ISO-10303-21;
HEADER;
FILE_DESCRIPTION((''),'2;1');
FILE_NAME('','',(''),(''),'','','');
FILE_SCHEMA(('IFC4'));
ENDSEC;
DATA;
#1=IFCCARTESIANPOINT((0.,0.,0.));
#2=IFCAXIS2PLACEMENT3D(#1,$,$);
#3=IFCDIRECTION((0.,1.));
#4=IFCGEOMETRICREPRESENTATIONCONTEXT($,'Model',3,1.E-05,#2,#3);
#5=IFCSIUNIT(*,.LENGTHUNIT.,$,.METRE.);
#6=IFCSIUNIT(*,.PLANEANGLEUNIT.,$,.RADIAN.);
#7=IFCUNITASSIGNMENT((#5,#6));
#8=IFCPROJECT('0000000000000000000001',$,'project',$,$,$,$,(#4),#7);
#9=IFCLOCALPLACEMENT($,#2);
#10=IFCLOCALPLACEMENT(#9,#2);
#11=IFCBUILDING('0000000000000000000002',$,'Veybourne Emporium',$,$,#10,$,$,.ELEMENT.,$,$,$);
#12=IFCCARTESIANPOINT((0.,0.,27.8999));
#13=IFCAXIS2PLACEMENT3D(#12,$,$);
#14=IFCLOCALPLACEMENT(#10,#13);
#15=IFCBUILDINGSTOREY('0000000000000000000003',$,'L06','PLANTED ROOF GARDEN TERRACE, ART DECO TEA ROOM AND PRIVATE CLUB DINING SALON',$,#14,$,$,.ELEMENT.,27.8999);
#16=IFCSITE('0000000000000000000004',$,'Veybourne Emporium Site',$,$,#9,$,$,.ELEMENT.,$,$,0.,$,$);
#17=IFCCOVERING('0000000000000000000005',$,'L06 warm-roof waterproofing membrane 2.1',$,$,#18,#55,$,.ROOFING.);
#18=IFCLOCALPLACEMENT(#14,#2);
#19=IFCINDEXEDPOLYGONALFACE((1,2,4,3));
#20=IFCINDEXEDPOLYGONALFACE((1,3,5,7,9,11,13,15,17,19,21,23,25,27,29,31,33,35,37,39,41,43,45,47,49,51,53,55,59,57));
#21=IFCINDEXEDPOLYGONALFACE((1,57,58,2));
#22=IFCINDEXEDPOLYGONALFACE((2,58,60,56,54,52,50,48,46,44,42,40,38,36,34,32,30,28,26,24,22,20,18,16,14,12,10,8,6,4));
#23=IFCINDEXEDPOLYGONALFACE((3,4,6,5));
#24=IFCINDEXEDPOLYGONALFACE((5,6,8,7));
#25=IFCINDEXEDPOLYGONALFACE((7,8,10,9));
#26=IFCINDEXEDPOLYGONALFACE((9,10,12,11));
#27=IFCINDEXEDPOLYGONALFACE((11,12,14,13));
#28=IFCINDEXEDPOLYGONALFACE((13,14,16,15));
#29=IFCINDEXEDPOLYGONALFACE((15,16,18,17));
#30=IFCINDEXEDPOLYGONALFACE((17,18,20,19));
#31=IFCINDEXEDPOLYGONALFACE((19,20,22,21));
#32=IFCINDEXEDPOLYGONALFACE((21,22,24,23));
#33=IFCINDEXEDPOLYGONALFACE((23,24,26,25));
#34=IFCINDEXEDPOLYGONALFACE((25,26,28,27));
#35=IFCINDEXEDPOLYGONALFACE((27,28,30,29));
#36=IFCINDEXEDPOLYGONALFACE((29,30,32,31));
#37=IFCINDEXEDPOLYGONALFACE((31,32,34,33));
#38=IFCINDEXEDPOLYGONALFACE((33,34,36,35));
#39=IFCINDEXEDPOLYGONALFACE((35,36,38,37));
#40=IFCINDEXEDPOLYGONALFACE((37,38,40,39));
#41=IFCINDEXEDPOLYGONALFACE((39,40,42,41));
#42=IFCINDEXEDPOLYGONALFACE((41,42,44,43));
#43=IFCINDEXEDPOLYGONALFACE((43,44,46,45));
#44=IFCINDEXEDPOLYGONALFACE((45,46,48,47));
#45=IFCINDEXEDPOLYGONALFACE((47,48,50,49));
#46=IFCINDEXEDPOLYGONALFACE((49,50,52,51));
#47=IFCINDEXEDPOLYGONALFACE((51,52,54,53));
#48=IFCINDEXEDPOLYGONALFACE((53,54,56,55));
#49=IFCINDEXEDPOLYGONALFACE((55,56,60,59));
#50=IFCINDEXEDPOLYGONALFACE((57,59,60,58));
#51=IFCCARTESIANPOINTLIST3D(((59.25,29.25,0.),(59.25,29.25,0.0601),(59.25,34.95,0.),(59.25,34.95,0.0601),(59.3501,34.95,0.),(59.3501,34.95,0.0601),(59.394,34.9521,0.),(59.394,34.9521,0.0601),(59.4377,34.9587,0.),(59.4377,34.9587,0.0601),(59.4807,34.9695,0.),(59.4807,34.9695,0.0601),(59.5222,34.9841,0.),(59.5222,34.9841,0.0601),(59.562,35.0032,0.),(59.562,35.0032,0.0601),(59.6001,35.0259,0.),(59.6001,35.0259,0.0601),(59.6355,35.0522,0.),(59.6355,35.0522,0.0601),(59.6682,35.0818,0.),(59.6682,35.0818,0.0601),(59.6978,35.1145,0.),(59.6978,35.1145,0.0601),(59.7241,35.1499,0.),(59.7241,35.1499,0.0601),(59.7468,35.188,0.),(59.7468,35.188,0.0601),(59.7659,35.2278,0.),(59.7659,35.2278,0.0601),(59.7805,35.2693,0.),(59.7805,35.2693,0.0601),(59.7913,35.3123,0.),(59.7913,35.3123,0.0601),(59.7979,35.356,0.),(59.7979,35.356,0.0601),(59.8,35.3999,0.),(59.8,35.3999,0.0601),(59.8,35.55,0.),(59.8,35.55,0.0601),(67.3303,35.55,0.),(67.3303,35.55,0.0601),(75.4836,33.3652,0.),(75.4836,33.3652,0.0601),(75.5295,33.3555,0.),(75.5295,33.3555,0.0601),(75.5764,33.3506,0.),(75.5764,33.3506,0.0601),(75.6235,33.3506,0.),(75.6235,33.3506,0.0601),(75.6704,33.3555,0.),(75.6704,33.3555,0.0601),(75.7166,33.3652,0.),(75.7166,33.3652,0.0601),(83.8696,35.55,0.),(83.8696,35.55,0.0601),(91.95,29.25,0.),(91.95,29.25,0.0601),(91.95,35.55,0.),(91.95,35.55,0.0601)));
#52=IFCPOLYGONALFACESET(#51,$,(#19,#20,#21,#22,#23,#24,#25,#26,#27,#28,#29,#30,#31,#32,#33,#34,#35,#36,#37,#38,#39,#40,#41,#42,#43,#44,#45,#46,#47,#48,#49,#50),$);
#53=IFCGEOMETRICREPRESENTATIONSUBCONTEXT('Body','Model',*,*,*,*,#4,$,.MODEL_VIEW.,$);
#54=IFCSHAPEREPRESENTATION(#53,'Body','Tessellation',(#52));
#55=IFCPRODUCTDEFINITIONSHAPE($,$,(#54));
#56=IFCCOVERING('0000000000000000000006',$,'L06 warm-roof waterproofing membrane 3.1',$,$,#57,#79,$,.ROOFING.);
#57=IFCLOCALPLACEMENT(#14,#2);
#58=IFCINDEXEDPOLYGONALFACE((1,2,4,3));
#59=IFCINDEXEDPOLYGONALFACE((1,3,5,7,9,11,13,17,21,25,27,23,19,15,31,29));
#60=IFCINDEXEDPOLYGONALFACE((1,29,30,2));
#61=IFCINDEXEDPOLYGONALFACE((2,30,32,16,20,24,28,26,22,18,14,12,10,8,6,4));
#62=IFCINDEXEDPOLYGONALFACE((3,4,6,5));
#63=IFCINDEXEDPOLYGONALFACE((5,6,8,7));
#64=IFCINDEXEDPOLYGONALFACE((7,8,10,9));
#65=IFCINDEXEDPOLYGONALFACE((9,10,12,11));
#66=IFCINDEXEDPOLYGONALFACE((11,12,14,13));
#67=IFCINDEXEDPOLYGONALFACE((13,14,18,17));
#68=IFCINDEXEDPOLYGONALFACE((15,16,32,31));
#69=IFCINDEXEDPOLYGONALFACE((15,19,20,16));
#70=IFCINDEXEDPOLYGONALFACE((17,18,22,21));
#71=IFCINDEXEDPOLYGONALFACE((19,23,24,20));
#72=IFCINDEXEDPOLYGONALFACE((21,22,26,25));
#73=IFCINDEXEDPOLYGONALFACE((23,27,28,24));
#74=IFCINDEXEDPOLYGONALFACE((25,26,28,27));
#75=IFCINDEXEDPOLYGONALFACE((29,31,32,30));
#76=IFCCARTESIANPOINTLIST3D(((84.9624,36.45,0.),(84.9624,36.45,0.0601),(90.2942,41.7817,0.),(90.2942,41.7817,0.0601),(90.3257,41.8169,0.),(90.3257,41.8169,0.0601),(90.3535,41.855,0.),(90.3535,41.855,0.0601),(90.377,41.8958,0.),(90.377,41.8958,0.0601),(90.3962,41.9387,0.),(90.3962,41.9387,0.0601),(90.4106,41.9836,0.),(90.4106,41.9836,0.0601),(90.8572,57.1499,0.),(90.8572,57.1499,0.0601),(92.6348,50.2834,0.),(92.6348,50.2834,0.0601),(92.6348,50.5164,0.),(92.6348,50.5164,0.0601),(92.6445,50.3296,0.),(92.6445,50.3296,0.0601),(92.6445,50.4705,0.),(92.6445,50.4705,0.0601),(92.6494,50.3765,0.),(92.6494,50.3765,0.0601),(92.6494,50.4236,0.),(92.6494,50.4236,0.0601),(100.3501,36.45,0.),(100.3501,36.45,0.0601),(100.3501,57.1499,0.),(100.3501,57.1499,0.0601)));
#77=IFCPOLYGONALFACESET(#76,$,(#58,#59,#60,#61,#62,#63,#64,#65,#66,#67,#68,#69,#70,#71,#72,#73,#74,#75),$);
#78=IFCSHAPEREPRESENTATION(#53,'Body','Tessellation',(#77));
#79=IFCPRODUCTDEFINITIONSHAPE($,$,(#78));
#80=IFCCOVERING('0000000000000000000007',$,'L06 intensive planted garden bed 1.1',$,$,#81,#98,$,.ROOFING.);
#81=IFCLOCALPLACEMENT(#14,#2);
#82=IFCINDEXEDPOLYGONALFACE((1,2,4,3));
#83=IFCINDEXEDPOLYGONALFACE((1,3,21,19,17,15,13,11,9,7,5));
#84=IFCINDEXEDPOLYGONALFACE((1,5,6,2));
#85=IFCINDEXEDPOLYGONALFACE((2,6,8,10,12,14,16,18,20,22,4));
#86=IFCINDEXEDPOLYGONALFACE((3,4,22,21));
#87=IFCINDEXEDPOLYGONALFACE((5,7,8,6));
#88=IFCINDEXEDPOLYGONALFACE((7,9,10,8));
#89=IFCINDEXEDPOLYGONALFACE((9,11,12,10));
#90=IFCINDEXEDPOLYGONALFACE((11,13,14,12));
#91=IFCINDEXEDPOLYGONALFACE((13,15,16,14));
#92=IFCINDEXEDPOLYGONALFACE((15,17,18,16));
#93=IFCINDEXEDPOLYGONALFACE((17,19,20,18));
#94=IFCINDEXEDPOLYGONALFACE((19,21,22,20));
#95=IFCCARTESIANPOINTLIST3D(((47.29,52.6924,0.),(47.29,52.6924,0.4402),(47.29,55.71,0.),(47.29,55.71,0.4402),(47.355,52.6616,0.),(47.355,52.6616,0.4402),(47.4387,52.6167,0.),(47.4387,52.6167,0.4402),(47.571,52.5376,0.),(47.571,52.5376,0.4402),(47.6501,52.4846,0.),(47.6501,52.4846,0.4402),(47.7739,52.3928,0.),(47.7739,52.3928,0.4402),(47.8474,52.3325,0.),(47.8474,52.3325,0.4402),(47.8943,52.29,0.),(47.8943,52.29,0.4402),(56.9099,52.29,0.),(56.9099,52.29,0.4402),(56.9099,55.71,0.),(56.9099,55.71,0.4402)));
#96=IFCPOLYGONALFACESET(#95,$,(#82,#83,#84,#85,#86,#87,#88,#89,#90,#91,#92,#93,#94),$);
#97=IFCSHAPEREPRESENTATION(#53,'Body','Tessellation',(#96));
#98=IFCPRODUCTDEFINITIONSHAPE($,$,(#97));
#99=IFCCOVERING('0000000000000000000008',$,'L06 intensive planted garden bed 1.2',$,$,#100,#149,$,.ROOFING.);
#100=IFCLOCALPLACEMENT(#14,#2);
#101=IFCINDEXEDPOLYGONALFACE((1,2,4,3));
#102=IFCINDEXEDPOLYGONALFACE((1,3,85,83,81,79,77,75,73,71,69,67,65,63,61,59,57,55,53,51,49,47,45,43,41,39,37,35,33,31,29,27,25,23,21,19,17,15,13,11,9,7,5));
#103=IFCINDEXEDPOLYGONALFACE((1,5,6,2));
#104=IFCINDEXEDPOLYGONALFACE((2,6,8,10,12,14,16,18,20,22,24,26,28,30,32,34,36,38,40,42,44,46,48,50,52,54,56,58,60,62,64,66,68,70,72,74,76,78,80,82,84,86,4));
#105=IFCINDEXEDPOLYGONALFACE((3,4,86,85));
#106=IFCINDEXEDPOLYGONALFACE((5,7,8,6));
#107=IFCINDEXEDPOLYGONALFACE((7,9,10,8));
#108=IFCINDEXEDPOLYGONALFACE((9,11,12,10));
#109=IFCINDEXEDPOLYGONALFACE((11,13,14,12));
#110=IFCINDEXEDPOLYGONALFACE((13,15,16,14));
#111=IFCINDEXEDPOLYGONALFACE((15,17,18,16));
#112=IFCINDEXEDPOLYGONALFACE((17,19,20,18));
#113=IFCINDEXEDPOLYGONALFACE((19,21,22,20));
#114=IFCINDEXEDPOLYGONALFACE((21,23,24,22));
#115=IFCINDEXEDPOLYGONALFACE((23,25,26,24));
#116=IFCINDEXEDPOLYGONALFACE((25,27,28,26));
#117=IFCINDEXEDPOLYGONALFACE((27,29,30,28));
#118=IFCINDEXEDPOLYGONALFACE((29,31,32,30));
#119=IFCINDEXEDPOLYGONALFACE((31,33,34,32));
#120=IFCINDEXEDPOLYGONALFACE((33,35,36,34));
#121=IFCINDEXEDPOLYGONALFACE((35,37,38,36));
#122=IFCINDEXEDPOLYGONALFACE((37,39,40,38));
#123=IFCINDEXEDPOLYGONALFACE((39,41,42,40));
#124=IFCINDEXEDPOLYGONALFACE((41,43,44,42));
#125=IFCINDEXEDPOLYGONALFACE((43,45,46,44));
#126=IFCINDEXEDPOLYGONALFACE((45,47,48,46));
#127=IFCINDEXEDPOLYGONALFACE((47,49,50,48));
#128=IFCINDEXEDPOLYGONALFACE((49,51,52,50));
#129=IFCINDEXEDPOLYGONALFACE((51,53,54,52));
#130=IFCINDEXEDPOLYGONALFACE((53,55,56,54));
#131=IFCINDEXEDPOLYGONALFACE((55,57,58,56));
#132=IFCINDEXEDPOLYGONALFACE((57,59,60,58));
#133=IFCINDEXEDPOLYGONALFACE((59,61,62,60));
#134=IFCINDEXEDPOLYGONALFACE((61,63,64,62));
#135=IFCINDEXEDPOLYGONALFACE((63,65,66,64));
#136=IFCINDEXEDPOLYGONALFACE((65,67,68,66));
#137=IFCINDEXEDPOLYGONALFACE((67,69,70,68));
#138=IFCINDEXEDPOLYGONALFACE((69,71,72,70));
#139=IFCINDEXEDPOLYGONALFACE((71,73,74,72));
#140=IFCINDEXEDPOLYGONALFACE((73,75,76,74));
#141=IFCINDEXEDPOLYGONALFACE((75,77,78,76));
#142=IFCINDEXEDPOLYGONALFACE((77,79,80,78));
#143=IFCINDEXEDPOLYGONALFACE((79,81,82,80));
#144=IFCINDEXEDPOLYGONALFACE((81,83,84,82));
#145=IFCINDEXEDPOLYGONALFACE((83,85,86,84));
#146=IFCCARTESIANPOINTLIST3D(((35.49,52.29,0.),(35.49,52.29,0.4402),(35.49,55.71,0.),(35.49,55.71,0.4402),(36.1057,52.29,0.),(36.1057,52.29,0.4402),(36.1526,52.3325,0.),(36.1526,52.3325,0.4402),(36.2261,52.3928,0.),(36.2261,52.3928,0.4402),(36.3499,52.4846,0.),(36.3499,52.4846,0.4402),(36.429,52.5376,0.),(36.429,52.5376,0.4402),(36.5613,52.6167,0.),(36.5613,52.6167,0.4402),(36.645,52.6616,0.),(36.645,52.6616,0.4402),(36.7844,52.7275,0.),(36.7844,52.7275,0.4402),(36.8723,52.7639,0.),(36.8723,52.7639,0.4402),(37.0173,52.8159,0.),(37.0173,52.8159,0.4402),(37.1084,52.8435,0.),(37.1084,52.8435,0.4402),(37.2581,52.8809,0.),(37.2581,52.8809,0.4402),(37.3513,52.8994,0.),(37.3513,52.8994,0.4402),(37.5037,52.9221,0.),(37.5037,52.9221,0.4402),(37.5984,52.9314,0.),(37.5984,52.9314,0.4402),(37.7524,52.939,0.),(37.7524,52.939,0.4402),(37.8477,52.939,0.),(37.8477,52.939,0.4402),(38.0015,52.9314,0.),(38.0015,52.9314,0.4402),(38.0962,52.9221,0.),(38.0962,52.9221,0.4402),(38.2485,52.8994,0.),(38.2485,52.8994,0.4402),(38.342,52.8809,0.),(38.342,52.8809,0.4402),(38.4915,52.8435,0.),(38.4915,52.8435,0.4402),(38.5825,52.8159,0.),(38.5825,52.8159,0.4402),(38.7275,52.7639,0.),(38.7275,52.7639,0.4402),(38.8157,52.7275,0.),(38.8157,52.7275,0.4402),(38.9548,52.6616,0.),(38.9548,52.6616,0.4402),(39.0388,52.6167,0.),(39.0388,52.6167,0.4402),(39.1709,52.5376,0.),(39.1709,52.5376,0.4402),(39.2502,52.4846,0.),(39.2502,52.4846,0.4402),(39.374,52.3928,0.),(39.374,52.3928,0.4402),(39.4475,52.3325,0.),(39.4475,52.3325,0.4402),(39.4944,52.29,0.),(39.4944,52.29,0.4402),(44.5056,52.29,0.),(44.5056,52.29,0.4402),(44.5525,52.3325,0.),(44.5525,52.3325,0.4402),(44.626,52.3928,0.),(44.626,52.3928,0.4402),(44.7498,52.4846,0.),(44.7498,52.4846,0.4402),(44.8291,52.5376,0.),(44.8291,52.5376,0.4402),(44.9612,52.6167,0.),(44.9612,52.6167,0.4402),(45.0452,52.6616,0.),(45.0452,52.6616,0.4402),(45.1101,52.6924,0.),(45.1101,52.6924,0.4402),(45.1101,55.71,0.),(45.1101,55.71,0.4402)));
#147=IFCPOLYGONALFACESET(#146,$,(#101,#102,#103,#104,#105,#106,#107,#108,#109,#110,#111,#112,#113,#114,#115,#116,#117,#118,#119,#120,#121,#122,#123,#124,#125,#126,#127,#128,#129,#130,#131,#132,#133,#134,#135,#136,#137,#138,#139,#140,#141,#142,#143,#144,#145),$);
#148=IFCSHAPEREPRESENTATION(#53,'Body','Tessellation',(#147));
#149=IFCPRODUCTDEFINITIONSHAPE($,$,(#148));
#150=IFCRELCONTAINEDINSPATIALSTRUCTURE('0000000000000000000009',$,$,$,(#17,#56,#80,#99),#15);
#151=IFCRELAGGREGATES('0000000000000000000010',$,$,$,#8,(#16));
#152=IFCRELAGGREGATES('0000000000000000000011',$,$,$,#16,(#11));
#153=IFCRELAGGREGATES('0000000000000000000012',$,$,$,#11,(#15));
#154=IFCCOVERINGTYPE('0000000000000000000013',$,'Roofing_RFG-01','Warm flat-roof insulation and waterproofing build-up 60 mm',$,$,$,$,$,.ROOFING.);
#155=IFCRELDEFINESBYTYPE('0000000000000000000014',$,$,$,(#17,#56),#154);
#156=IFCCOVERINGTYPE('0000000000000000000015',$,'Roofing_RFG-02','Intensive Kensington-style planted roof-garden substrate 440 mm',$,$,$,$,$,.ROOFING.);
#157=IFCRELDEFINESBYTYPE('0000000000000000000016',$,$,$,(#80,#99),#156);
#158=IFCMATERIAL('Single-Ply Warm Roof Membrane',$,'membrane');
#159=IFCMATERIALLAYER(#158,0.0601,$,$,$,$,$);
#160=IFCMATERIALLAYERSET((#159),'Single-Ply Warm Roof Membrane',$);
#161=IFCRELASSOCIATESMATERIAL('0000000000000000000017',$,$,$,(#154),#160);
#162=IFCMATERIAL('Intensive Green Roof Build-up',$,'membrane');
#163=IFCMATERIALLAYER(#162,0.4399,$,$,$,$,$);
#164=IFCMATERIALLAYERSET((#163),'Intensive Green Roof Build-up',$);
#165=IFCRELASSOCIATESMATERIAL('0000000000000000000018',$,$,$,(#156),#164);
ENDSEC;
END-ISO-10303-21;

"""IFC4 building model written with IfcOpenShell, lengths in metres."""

from ifc_helpers import new_model, si_unit, direction, frame, origin, place, context, subcontext, project, spatial, polyline, outline, extrude, material, layer, layer_set, type_object, element, save


model = new_model("IFC4")

# Units and contexts
model_context = context("Model", 3, precision=1e-05, world=origin(), true_north=direction((0.0, 1.0)))
body_context = subcontext(model_context, "Body", "Model", "MODEL_VIEW")
ifc_project = project(units=[si_unit("LENGTHUNIT", "METRE"), si_unit("PLANEANGLEUNIT", "RADIAN")], contexts=[model_context])

# Site, building, storey
site_placement = place(None, origin())
site = spatial("IfcSite", under=ifc_project, at=site_placement, Name="Veybourne Emporium Site", CompositionType="ELEMENT", RefElevation=0.0)
building_placement = place(site_placement, origin())
building = spatial("IfcBuilding", under=site, at=building_placement, Name="Veybourne Emporium", CompositionType="ELEMENT")
storey_placement = place(building_placement, frame((0.0, 0.0, 27.8999)))
storey = spatial("IfcBuildingStorey", under=building, at=storey_placement, Name="L06", Description="PLANTED ROOF GARDEN TERRACE, ART DECO TEA ROOM AND PRIVATE CLUB DINING SALON", CompositionType="ELEMENT", Elevation=27.8999)

# Coverings
ifc_material_1 = material(Name="Single-Ply Warm Roof Membrane", Category="membrane")
ifc_layer_1 = layer(ifc_material_1, 0.0601)
ifc_layer_set_1 = layer_set([ifc_layer_1], Name="Single-Ply Warm Roof Membrane")
covering_type_1 = type_object("IfcCoveringType", Name="Roofing_RFG-01", Description="Warm flat-roof insulation and waterproofing build-up 60 mm", PredefinedType="ROOFING", material=ifc_layer_set_1)
covering_1_placement = place(storey_placement, origin())
element("IfcCovering", 1, at=covering_1_placement, inside=storey, type_object=covering_type_1, Name="L06 warm-roof waterproofing membrane 2.1", PredefinedType="ROOFING", context=body_context, shape_type="SweptSolid", body=[
    extrude(outline(polyline([(67.3303, 35.55), (75.4836, 33.3652), (75.5295, 33.3555), (75.5764, 33.3506), (75.6235, 33.3506), (75.6704, 33.3555), (75.7166, 33.3652), (83.8696, 35.55), (91.95, 35.55), (91.95, 29.25), (59.25, 29.25), (59.25, 34.95), (59.3501, 34.95), (59.394, 34.9521), (59.4377, 34.9587), (59.4807, 34.9695), (59.5222, 34.9841), (59.562, 35.0032), (59.6001, 35.0259), (59.6355, 35.0522), (59.6682, 35.0818), (59.6978, 35.1145), (59.7241, 35.1499), (59.7468, 35.188), (59.7659, 35.2278), (59.7805, 35.2693), (59.7913, 35.3123), (59.7979, 35.356), (59.8, 35.3999), (59.8, 35.55), (67.3303, 35.55)])), origin(), (0.0, 0.0, 1.0), 0.0601),
])
covering_2_placement = place(storey_placement, origin())
element("IfcCovering", 2, at=covering_2_placement, inside=storey, type_object=covering_type_1, Name="L06 warm-roof waterproofing membrane 3.1", PredefinedType="ROOFING", context=body_context, shape_type="SweptSolid", body=[
    extrude(outline(polyline([(84.9624, 36.45), (90.2942, 41.7817), (90.3257, 41.8169), (90.3535, 41.855), (90.377, 41.8958), (90.3962, 41.9387), (90.4106, 41.9836), (92.6348, 50.2834), (92.6445, 50.3296), (92.6494, 50.3765), (92.6494, 50.4236), (92.6445, 50.4705), (92.6348, 50.5164), (90.8572, 57.1499), (100.3501, 57.1499), (100.3501, 36.45), (84.9624, 36.45)])), origin(), (0.0, 0.0, 1.0), 0.0601),
])
ifc_material_2 = material(Name="Intensive Green Roof Build-up", Category="membrane")
ifc_layer_2 = layer(ifc_material_2, 0.4399)
ifc_layer_set_2 = layer_set([ifc_layer_2], Name="Intensive Green Roof Build-up")
covering_type_2 = type_object("IfcCoveringType", Name="Roofing_RFG-02", Description="Intensive Kensington-style planted roof-garden substrate 440 mm", PredefinedType="ROOFING", material=ifc_layer_set_2)
covering_3_placement = place(storey_placement, origin())
element("IfcCovering", 3, at=covering_3_placement, inside=storey, type_object=covering_type_2, Name="L06 intensive planted garden bed 1.1", PredefinedType="ROOFING", context=body_context, shape_type="SweptSolid", body=[
    extrude(outline(polyline([(47.29, 52.6924), (47.29, 55.71), (56.9099, 55.71), (56.9099, 52.29), (47.8943, 52.29), (47.8474, 52.3325), (47.7739, 52.3928), (47.6501, 52.4846), (47.571, 52.5376), (47.4387, 52.6167), (47.355, 52.6616), (47.29, 52.6924)])), origin(), (0.0, 0.0, 1.0), 0.4402),
])
covering_4_placement = place(storey_placement, origin())
element("IfcCovering", 4, at=covering_4_placement, inside=storey, type_object=covering_type_2, Name="L06 intensive planted garden bed 1.2", PredefinedType="ROOFING", context=body_context, shape_type="SweptSolid", body=[
    extrude(outline(polyline([(36.1057, 52.29), (35.49, 52.29), (35.49, 55.71), (45.1101, 55.71), (45.1101, 52.6924), (45.0452, 52.6616), (44.9612, 52.6167), (44.8291, 52.5376), (44.7498, 52.4846), (44.626, 52.3928), (44.5525, 52.3325), (44.5056, 52.29), (39.4944, 52.29), (39.4475, 52.3325), (39.374, 52.3928), (39.2502, 52.4846), (39.1709, 52.5376), (39.0388, 52.6167), (38.9548, 52.6616), (38.8157, 52.7275), (38.7275, 52.7639), (38.5825, 52.8159), (38.4915, 52.8435), (38.342, 52.8809), (38.2485, 52.8994), (38.0962, 52.9221), (38.0015, 52.9314), (37.8477, 52.939), (37.7524, 52.939), (37.5984, 52.9314), (37.5037, 52.9221), (37.3513, 52.8994), (37.2581, 52.8809), (37.1084, 52.8435), (37.0173, 52.8159), (36.8723, 52.7639), (36.7844, 52.7275), (36.645, 52.6616), (36.5613, 52.6167), (36.429, 52.5376), (36.3499, 52.4846), (36.2261, 52.3928), (36.1526, 52.3325), (36.1057, 52.29)])), origin(), (0.0, 0.0, 1.0), 0.4402),
])

save(model, "model.ifc")
